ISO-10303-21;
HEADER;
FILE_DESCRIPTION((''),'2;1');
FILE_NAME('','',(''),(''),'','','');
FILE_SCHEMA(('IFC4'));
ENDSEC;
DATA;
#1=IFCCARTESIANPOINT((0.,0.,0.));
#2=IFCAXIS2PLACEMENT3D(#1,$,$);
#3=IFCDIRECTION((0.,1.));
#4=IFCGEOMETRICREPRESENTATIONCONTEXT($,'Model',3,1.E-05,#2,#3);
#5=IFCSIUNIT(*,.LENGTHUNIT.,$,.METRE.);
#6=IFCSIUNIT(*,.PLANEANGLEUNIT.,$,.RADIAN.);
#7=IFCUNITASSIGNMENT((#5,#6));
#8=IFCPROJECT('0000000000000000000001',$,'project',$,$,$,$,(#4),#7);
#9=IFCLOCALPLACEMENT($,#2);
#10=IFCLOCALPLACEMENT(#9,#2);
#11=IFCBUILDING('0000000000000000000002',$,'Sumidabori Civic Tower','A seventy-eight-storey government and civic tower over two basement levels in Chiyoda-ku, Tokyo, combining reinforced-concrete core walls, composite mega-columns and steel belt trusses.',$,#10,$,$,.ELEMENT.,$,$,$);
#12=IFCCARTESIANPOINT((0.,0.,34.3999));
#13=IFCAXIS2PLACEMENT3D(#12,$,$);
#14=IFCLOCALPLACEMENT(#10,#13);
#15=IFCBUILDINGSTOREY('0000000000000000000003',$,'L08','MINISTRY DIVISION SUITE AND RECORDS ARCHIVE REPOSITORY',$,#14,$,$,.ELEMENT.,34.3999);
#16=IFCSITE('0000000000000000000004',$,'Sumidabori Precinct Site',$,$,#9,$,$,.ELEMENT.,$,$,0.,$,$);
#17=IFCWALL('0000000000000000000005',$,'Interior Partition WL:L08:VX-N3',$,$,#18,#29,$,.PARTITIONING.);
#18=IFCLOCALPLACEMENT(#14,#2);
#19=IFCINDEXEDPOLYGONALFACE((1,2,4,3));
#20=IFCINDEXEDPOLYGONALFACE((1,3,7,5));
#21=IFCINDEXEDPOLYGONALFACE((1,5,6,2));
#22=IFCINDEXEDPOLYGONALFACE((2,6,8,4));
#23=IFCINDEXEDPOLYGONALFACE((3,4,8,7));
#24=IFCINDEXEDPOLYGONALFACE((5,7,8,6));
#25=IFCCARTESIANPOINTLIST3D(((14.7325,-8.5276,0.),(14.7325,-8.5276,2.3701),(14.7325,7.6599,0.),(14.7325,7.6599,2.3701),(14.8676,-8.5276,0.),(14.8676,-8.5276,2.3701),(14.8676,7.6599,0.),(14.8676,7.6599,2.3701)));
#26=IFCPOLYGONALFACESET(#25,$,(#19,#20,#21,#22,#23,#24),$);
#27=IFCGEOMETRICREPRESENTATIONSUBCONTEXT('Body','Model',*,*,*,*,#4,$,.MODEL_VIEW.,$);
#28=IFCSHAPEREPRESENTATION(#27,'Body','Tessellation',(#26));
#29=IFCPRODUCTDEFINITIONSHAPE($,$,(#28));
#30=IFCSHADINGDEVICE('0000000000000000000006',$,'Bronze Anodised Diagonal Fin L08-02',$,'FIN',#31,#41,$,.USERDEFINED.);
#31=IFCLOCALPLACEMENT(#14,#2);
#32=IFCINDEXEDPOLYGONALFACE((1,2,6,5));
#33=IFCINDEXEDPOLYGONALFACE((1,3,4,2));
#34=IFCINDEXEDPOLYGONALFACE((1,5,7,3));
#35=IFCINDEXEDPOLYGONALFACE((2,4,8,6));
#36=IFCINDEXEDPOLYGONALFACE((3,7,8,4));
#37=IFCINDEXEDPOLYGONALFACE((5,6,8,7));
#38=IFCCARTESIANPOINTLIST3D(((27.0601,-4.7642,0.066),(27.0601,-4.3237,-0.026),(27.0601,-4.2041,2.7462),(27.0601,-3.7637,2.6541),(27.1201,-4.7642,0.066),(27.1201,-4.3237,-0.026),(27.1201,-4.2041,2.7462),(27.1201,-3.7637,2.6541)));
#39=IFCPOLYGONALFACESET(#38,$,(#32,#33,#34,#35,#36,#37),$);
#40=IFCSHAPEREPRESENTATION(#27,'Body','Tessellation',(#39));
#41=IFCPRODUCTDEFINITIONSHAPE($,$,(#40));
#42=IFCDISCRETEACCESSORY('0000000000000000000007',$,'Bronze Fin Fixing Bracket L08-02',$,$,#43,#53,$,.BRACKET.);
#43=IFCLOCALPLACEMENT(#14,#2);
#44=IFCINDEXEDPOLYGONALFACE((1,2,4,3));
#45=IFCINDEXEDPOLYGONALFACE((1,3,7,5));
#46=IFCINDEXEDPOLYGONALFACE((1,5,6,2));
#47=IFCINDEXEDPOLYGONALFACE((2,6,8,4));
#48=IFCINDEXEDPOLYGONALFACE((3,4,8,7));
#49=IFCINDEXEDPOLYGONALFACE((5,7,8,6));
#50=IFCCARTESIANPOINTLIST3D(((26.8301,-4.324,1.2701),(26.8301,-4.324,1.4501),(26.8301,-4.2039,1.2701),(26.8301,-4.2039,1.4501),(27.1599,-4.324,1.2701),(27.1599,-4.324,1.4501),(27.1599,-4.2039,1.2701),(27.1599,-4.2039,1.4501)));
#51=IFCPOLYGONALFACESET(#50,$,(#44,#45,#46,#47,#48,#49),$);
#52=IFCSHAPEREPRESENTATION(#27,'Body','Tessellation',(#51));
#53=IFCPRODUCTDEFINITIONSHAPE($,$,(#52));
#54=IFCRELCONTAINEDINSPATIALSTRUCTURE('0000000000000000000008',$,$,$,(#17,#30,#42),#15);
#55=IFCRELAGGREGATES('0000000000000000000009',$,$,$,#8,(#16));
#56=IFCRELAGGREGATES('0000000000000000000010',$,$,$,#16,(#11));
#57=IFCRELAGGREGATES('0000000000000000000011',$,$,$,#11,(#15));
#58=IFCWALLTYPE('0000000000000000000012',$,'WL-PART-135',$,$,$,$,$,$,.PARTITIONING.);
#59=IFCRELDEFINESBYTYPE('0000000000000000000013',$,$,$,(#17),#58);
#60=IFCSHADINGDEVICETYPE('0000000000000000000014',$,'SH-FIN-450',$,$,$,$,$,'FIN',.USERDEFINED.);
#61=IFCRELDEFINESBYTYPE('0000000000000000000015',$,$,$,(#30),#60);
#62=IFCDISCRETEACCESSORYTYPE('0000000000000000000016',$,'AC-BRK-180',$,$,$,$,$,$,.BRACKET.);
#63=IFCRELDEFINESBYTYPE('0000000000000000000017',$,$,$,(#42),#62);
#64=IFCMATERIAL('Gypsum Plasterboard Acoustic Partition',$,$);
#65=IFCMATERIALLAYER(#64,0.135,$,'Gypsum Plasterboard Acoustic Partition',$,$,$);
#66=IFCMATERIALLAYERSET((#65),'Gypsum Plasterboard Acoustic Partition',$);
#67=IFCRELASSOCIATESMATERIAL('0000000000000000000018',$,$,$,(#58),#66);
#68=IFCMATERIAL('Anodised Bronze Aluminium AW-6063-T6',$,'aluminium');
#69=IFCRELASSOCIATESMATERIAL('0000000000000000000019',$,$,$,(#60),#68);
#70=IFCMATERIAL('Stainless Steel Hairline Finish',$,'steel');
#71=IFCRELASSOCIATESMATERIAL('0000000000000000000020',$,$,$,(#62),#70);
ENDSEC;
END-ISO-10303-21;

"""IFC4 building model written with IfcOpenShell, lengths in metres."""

from ifc_helpers import new_model, si_unit, direction, frame, frame_2d, origin, origin_2d, place, context, subcontext, project, spatial, rectangle, extrude, source, transform, mapped, material, layer, layer_set, material_profile, profile_set, type_object, element, save


model = new_model("IFC4")

# Units and contexts
model_context = context("Model", 3, precision=1e-05, world=origin(), true_north=direction((0.0, 1.0)))
body_context = subcontext(model_context, "Body", "Model", "MODEL_VIEW")
ifc_project = project(units=[si_unit("LENGTHUNIT", "METRE"), si_unit("PLANEANGLEUNIT", "RADIAN")], contexts=[model_context])

# Site, building, storey
site_placement = place(None, origin())
site = spatial("IfcSite", under=ifc_project, at=site_placement, Name="Sumidabori Precinct Site", CompositionType="ELEMENT", RefElevation=0.0)
building_placement = place(site_placement, origin())
building = spatial("IfcBuilding", under=site, at=building_placement, Name="Sumidabori Civic Tower", Description="A seventy-eight-storey government and civic tower over two basement levels in Chiyoda-ku, Tokyo, combining reinforced-concrete core walls, composite mega-columns and steel belt trusses.", CompositionType="ELEMENT")
storey_placement = place(building_placement, frame((0.0, 0.0, 34.3999)))
storey = spatial("IfcBuildingStorey", under=building, at=storey_placement, Name="L08", Description="MINISTRY DIVISION SUITE AND RECORDS ARCHIVE REPOSITORY", CompositionType="ELEMENT", Elevation=34.3999)

# Shared definitions
ifc_material_1 = material(Name="Anodised Bronze Aluminium AW-6063-T6", Category="aluminium")

# Shared definitions
ifc_material_2 = material(Name="Gypsum Plasterboard Acoustic Partition")
ifc_layer_1 = layer(ifc_material_2, 0.135, Name="Gypsum Plasterboard Acoustic Partition")
ifc_layer_set_1 = layer_set([ifc_layer_1], Name="Gypsum Plasterboard Acoustic Partition")
wall_type = type_object("IfcWallType", Name="WL-PART-135", PredefinedType="PARTITIONING", material=ifc_layer_set_1)

# Wall
shared_shape_1 = source(origin(), body_context, "Body", "SweptSolid", [
    extrude(rectangle(XDim=16.1875, YDim=0.135, at=frame_2d((8.0938, 0.0))), origin(), (0.0, 0.0, 1.0), 2.3701),
])
wall_1_placement = place(storey_placement, frame((14.8, -8.5276, 0.0), z_axis=(0.0, 0.0, 1.0), x_axis=(0.0, 1.0, 0.0)))
element("IfcWall", 1, at=wall_1_placement, inside=storey, type_object=wall_type, Name="Interior Partition WL:L08:VX-N3", PredefinedType="PARTITIONING", context=body_context, shape_type="MappedRepresentation", body=[
    mapped(shared_shape_1, transform((0.0, 0.0, 0.0), x_axis=(1.0, 0.0, 0.0), y_axis=(0.0, 1.0, 0.0), z_axis=(0.0, 0.0, 1.0), scale=1.0)),
])

# Shading device
ifc_material_profile_1 = material_profile(ifc_material_1, rectangle(XDim=0.0601, YDim=0.45, at=origin_2d()), Name="BRONZE FIN 450x60")
ifc_profile_set_1 = profile_set([ifc_material_profile_1], Name="Anodised Bronze Aluminium AW-6063-T6")
shading_device_type = type_object("IfcShadingDeviceType", Name="SH-FIN-450", ElementType="FIN", PredefinedType="USERDEFINED", material=ifc_profile_set_1)
shared_shape_2 = source(origin(), body_context, "Body", "SweptSolid", [
    extrude(rectangle(XDim=0.0601, YDim=0.45, at=origin_2d()), origin(), (0.0, 0.0, 1.0), 2.738),
])
shading_device_placement = place(storey_placement, frame((27.0901, -4.5439, 0.02), z_axis=(0.0, 0.204545, 0.978857), x_axis=(-1.0, 0.0, 0.0)))
element("IfcShadingDevice", 2, at=shading_device_placement, inside=storey, type_object=shading_device_type, Name="Bronze Anodised Diagonal Fin L08-02", ObjectType="FIN", PredefinedType="USERDEFINED", context=body_context, shape_type="MappedRepresentation", body=[
    mapped(shared_shape_2, transform((0.0, 0.0, 0.0), x_axis=(1.0, 0.0, 0.0), y_axis=(0.0, 1.0, 0.0), z_axis=(0.0, 0.0, 1.0), scale=1.0)),
])

# Discrete accessory
ifc_material_3 = material(Name="Stainless Steel Hairline Finish", Category="steel")
ifc_material_profile_2 = material_profile(ifc_material_3, rectangle(XDim=0.1201, YDim=0.1799, at=origin_2d()), Name="STEEL BRACKET 180x120")
ifc_profile_set_2 = profile_set([ifc_material_profile_2], Name="Stainless Steel Hairline Finish")
discrete_accessory_type = type_object("IfcDiscreteAccessoryType", Name="AC-BRK-180", PredefinedType="BRACKET", material=ifc_profile_set_2)
shared_shape_3 = source(origin(), body_context, "Body", "SweptSolid", [
    extrude(rectangle(XDim=0.1201, YDim=0.1799, at=origin_2d()), origin(), (0.0, 0.0, 1.0), 0.3298),
])
discrete_accessory_placement = place(storey_placement, frame((26.8301, -4.2639, 1.3601), z_axis=(1.0, 0.0, 0.0), x_axis=(0.0, 1.0, 0.0)))
element("IfcDiscreteAccessory", 3, at=discrete_accessory_placement, inside=storey, type_object=discrete_accessory_type, Name="Bronze Fin Fixing Bracket L08-02", PredefinedType="BRACKET", context=body_context, shape_type="MappedRepresentation", body=[
    mapped(shared_shape_3, transform((0.0, 0.0, 0.0), x_axis=(1.0, 0.0, 0.0), y_axis=(0.0, 1.0, 0.0), z_axis=(0.0, 0.0, 1.0), scale=1.0)),
])

save(model, "model.ifc")
